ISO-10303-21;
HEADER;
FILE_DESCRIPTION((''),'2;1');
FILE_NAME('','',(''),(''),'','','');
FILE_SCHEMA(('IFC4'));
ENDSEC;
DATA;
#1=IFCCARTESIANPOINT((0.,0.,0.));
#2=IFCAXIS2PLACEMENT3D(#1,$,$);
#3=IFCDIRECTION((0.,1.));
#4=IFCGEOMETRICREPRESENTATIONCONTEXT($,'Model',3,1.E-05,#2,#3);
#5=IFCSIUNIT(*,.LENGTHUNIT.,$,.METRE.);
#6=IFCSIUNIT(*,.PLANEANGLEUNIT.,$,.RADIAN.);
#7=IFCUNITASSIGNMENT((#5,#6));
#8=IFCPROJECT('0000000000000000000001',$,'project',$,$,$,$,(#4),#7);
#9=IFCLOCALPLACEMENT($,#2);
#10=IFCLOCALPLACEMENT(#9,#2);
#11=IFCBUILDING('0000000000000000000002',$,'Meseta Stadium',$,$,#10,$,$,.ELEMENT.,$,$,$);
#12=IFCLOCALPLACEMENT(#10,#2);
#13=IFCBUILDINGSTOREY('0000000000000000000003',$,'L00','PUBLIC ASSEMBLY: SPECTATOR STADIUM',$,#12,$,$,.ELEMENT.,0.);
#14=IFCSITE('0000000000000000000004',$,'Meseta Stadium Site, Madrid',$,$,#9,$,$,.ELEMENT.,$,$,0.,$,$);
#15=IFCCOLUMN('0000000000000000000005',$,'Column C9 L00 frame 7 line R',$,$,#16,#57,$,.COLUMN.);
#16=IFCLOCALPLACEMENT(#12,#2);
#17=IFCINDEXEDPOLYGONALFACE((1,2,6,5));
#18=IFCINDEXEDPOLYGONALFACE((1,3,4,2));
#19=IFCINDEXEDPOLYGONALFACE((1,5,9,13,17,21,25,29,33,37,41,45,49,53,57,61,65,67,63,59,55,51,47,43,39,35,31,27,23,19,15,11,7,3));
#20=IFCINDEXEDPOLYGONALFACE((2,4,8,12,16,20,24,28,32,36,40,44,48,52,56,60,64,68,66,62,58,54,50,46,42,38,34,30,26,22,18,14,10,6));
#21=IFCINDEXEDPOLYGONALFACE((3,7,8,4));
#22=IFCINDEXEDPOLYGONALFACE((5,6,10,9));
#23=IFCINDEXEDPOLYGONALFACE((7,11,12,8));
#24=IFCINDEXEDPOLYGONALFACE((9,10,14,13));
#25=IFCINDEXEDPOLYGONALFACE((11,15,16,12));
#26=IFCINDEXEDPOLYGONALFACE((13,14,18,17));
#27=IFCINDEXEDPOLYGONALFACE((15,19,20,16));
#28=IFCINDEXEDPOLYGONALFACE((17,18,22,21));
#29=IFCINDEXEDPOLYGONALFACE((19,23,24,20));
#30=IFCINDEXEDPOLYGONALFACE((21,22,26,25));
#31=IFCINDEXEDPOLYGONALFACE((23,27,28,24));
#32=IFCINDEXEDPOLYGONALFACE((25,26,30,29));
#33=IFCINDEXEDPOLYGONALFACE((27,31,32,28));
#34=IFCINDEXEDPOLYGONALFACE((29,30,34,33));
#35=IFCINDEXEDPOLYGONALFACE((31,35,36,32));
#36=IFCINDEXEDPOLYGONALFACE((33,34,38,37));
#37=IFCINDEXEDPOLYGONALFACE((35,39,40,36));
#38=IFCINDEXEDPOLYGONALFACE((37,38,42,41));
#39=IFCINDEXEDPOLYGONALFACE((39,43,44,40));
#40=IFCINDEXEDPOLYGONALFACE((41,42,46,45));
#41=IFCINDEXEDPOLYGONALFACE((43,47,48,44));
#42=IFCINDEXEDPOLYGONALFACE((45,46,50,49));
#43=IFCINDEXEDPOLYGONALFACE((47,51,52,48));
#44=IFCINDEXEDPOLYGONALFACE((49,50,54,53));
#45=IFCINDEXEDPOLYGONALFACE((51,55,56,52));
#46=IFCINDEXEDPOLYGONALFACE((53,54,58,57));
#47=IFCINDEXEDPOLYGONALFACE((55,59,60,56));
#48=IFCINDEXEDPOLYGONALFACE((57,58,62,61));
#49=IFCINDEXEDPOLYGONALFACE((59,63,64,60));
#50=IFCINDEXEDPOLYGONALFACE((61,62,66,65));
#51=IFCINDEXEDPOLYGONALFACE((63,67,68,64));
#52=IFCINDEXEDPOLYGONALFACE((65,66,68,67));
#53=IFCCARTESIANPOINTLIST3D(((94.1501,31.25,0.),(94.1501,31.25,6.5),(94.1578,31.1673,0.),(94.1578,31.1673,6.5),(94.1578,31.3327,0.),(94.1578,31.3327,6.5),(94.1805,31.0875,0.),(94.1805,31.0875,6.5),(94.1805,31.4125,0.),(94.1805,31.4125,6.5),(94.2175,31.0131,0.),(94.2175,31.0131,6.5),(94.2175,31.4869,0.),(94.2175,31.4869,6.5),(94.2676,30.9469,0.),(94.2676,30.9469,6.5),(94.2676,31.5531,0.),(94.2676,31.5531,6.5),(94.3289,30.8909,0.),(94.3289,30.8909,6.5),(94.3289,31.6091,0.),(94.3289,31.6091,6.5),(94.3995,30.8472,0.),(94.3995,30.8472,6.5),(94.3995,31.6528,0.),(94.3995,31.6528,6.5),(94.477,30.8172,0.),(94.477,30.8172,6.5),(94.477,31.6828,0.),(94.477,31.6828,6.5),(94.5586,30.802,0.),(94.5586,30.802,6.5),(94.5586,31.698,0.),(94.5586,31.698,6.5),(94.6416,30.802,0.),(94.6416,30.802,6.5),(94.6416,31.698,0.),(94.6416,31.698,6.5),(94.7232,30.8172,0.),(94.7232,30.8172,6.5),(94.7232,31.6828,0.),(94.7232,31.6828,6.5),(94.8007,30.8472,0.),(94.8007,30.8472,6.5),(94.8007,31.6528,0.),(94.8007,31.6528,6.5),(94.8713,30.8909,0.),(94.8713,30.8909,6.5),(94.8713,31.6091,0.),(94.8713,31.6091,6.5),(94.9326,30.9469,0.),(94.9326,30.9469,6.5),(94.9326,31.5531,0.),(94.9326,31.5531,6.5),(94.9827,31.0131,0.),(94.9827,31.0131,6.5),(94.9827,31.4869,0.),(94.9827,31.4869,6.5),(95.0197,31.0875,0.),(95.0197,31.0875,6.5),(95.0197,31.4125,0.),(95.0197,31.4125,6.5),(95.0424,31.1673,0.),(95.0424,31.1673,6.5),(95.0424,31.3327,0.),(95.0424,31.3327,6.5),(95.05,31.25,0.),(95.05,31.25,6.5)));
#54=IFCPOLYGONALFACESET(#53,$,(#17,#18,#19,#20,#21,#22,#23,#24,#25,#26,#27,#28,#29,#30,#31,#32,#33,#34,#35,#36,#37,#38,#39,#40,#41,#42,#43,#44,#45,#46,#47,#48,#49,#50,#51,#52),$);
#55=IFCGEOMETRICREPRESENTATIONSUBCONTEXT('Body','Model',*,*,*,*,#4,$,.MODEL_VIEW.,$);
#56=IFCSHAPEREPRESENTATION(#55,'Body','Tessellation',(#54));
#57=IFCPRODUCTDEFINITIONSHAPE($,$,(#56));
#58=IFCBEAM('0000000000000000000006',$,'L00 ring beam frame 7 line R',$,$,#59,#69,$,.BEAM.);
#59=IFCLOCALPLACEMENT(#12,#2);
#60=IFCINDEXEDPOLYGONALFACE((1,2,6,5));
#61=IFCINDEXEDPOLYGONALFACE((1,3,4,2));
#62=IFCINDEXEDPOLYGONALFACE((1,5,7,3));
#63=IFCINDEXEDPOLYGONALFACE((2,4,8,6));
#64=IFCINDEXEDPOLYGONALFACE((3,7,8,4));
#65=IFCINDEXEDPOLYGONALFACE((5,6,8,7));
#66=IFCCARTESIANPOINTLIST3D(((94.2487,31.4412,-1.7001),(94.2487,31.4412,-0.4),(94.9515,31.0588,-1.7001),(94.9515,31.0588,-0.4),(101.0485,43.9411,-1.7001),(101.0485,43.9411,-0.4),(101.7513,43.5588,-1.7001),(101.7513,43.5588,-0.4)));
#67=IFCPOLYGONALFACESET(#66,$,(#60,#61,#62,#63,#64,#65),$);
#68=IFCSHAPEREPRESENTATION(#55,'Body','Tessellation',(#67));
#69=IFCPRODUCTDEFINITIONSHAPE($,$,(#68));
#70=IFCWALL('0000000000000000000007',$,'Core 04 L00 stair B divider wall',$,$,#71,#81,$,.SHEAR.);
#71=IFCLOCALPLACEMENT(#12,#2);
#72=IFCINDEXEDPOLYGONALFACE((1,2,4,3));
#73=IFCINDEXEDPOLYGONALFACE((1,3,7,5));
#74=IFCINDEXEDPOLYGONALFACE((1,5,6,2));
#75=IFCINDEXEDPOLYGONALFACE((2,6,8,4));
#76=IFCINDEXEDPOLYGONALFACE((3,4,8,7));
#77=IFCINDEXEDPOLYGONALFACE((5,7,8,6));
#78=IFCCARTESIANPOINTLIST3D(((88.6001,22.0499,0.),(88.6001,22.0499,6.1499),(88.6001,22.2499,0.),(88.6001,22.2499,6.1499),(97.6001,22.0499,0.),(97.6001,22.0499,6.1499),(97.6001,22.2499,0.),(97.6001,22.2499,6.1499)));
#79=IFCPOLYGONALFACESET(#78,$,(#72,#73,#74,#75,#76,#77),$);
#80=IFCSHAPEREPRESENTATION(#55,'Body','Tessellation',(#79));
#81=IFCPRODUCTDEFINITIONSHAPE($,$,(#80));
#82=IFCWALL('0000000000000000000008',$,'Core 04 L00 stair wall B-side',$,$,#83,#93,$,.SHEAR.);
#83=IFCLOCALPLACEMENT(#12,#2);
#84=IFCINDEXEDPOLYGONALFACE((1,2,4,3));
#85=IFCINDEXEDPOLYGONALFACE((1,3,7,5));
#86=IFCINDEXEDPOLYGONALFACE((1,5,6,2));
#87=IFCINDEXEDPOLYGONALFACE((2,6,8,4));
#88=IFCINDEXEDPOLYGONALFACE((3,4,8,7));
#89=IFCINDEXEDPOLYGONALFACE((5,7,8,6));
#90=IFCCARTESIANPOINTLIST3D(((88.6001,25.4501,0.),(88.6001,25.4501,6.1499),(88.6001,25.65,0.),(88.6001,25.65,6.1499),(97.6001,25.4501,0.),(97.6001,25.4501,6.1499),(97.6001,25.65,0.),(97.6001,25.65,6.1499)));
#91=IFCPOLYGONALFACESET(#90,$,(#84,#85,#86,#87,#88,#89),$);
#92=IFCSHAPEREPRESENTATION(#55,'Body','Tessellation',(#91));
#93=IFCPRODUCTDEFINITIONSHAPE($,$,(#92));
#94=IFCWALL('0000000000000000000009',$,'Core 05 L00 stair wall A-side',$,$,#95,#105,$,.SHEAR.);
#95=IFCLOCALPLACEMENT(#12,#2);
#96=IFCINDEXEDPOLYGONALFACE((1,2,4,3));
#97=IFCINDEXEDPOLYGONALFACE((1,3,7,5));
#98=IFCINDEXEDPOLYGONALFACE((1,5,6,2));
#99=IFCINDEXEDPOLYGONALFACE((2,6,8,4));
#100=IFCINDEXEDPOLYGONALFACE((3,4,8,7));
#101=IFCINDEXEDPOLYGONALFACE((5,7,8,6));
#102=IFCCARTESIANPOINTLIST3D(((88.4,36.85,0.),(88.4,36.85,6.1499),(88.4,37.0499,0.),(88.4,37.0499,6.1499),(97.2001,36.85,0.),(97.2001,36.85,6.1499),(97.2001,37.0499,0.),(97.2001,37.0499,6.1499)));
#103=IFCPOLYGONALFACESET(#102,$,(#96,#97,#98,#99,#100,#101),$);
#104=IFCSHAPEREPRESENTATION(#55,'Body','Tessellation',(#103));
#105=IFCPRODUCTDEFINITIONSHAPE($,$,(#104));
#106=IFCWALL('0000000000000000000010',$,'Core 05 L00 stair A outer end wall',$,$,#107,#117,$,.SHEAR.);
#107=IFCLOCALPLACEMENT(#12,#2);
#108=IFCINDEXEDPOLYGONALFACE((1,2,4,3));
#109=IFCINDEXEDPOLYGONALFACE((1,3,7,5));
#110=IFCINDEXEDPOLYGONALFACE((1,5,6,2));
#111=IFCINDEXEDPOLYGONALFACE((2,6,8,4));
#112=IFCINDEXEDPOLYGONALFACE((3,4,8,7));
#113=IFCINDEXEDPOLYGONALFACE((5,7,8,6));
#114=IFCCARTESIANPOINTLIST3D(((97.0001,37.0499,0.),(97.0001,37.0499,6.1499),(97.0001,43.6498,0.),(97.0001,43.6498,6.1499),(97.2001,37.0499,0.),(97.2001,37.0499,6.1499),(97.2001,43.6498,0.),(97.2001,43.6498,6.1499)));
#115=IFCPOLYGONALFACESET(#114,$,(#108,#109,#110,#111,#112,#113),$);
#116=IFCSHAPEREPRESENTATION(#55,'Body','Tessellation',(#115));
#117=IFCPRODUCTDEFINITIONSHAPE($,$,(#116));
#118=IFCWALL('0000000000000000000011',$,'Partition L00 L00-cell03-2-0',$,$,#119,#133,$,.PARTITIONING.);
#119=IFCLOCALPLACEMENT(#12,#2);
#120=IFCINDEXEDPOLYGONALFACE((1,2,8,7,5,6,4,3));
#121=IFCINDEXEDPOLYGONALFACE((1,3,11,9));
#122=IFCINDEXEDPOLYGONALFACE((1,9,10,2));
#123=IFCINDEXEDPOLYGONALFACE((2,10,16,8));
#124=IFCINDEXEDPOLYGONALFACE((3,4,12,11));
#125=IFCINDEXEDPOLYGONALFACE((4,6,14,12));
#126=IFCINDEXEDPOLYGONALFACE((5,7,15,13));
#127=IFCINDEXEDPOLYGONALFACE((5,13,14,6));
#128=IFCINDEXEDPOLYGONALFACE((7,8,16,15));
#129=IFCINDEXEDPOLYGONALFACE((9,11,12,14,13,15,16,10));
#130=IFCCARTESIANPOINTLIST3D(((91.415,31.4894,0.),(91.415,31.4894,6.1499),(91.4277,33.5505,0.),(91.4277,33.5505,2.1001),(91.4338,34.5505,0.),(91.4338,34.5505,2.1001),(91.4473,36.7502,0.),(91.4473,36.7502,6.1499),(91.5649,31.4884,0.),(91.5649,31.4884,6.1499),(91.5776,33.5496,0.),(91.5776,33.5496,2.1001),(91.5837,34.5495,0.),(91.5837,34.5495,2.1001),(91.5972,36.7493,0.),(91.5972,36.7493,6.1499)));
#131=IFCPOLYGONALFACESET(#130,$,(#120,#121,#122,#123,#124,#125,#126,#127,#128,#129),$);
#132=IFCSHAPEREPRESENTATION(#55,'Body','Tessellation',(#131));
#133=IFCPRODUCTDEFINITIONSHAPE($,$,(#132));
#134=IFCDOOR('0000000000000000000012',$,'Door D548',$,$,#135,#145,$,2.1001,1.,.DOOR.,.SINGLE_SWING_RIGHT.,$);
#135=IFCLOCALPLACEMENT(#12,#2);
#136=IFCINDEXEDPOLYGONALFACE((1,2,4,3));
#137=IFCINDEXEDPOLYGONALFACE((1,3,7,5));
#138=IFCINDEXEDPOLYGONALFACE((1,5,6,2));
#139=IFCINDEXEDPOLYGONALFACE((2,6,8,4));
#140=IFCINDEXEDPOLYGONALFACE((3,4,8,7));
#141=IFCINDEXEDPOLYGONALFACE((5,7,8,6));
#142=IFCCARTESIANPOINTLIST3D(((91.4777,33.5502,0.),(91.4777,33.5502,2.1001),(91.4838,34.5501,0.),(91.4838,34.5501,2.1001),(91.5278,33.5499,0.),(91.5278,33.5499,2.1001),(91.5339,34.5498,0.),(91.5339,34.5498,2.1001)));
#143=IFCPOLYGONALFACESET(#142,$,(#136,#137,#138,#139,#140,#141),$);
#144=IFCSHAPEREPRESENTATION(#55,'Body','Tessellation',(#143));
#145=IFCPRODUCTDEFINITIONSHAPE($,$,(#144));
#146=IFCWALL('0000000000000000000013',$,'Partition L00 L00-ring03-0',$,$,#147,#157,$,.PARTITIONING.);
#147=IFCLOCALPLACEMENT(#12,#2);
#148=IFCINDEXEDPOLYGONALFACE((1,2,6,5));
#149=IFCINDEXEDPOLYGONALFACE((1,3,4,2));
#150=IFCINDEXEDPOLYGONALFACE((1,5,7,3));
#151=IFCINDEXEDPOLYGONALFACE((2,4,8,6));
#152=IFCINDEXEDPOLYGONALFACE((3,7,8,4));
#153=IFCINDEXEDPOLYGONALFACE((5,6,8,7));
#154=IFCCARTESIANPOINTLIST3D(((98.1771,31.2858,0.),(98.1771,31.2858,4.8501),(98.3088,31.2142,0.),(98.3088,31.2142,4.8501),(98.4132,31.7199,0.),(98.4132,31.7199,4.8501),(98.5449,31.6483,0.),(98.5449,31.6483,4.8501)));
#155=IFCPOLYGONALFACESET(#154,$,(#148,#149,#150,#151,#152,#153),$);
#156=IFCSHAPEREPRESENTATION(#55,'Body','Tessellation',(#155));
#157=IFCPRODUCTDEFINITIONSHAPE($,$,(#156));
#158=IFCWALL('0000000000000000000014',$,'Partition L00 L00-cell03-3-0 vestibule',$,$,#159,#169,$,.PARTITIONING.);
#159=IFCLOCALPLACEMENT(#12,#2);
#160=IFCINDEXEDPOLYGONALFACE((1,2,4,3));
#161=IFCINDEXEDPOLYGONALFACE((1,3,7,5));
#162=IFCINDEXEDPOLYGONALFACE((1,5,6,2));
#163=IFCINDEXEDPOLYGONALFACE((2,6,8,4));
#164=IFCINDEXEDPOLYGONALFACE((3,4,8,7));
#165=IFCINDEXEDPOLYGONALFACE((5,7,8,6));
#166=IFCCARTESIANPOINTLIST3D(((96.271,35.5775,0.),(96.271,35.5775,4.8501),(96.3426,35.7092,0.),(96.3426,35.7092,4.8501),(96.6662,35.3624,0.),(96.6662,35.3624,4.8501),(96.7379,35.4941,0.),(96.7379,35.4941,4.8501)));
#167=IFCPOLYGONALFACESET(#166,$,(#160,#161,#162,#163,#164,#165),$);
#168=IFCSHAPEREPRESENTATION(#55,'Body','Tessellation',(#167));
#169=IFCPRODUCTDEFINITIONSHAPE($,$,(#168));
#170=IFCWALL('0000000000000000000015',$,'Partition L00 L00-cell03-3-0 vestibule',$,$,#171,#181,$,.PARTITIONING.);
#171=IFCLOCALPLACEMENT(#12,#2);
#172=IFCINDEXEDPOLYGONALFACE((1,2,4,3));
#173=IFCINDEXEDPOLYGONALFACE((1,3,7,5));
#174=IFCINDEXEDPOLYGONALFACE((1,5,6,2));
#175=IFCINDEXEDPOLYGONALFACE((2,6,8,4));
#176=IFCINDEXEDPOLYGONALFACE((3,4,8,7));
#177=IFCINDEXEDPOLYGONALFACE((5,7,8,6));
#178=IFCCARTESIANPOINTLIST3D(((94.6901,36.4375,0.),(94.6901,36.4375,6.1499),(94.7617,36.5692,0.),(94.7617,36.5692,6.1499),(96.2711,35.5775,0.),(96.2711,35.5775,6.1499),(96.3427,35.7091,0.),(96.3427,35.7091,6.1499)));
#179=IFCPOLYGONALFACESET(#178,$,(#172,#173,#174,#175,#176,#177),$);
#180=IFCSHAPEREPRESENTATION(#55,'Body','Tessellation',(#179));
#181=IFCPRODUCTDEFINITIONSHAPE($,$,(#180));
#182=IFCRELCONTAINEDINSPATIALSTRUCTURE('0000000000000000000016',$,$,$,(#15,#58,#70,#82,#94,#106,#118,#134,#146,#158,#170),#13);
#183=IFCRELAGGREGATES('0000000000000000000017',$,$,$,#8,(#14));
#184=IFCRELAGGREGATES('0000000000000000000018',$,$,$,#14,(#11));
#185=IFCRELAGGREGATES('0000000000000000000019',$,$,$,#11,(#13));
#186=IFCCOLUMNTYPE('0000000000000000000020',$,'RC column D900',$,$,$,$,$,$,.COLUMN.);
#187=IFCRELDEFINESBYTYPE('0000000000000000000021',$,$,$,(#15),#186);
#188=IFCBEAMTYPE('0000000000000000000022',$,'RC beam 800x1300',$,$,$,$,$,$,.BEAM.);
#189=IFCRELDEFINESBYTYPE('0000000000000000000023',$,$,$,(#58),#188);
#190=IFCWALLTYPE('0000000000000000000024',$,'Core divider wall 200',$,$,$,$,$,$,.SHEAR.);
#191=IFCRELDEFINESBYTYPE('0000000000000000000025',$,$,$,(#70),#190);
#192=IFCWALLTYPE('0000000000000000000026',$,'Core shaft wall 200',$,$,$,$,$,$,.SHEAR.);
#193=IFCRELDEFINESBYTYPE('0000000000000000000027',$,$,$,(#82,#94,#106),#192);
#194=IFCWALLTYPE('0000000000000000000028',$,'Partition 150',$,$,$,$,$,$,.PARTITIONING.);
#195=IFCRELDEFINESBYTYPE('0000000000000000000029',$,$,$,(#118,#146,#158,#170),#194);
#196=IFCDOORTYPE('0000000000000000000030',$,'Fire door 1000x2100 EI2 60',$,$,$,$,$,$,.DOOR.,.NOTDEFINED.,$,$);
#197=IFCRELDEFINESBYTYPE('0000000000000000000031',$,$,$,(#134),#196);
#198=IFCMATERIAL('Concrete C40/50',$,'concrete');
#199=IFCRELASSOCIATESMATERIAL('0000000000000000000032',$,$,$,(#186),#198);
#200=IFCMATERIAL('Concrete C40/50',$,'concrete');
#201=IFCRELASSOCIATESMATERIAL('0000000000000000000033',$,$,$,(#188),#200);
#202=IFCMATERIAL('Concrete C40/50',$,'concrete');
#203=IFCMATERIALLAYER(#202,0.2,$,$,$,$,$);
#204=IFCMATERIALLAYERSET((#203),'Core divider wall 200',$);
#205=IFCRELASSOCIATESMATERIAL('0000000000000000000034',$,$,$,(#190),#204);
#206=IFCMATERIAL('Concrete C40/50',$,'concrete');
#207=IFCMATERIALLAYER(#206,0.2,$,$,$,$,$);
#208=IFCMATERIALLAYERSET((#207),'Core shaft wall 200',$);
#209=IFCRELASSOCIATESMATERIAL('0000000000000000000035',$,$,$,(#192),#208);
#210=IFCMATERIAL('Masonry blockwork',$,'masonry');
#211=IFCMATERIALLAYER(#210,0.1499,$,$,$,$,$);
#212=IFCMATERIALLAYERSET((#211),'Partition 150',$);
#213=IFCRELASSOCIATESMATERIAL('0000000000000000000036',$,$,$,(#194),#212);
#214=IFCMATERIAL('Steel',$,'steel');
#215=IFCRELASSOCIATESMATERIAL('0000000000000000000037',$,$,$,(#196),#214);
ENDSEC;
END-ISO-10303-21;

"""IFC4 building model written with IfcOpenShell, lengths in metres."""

from ifc_helpers import new_model, si_unit, direction, frame, frame_2d, origin, origin_2d, place, context, subcontext, project, spatial, rectangle, circle, extrude, material, layer, layer_set, material_profile, profile_set, type_object, element, fill, save


model = new_model("IFC4")

# Units and contexts
model_context = context("Model", 3, precision=1e-05, world=origin(), true_north=direction((0.0, 1.0)))
body_context = subcontext(model_context, "Body", "Model", "MODEL_VIEW")
ifc_project = project(units=[si_unit("LENGTHUNIT", "METRE"), si_unit("PLANEANGLEUNIT", "RADIAN")], contexts=[model_context])

# Site, building, storey
site_placement = place(None, origin())
site = spatial("IfcSite", under=ifc_project, at=site_placement, Name="Meseta Stadium Site, Madrid", CompositionType="ELEMENT", RefElevation=0.0)
building_placement = place(site_placement, origin())
building = spatial("IfcBuilding", under=site, at=building_placement, Name="Meseta Stadium", CompositionType="ELEMENT")
storey_placement = place(building_placement, origin())
storey = spatial("IfcBuildingStorey", under=building, at=storey_placement, Name="L00", Description="PUBLIC ASSEMBLY: SPECTATOR STADIUM", CompositionType="ELEMENT", Elevation=0.0)

# Column
ifc_material_1 = material(Name="Concrete C40/50", Category="concrete")
ifc_material_profile_1 = material_profile(ifc_material_1, circle(Radius=0.45, at=origin_2d()), Name="RC D900")
ifc_profile_set_1 = profile_set([ifc_material_profile_1], Name="Concrete C40/50")
column_type = type_object("IfcColumnType", Name="RC column D900", PredefinedType="COLUMN", material=ifc_profile_set_1)
column_placement = place(storey_placement, frame((94.6001, 31.25, 0.0), z_axis=(0.0, 0.0, 1.0), x_axis=(1.0, 0.0, 0.0)))
element("IfcColumn", 1, at=column_placement, inside=storey, type_object=column_type, Name="Column C9 L00 frame 7 line R", PredefinedType="COLUMN", context=body_context, shape_type="SweptSolid", body=[
    extrude(circle(Radius=0.45, at=origin_2d()), origin(), (0.0, 0.0, 1.0), 6.5),
])

# Beam
ifc_material_2 = material(Name="Concrete C40/50", Category="concrete")
ifc_material_profile_2 = material_profile(ifc_material_2, rectangle(XDim=0.8, YDim=1.3, at=origin_2d()), Name="RC 800x1300")
ifc_profile_set_2 = profile_set([ifc_material_profile_2], Name="Concrete C40/50")
beam_type = type_object("IfcBeamType", Name="RC beam 800x1300", PredefinedType="BEAM", material=ifc_profile_set_2)
beam_placement = place(storey_placement, frame((94.6001, 31.25, -1.05), z_axis=(0.477856, 0.878438, 0.0), x_axis=(-0.878438, 0.477856, 0.0)))
element("IfcBeam", 2, at=beam_placement, inside=storey, type_object=beam_type, Name="L00 ring beam frame 7 line R", PredefinedType="BEAM", context=body_context, shape_type="SweptSolid", body=[
    extrude(rectangle(XDim=0.8, YDim=1.3, at=origin_2d()), origin(), (0.0, 0.0, 1.0), 14.2297),
])

# Walls
ifc_material_3 = material(Name="Concrete C40/50", Category="concrete")
ifc_layer_1 = layer(ifc_material_3, 0.2)
ifc_layer_set_1 = layer_set([ifc_layer_1], Name="Core divider wall 200")
wall_type_1 = type_object("IfcWallType", Name="Core divider wall 200", PredefinedType="SHEAR", material=ifc_layer_set_1)
wall_1_placement = place(storey_placement, frame((97.6001, 22.1499, 0.0), z_axis=(0.0, 0.0, 1.0), x_axis=(-1.0, 0.0, 0.0)))
element("IfcWall", 3, at=wall_1_placement, inside=storey, type_object=wall_type_1, Name="Core 04 L00 stair B divider wall", PredefinedType="SHEAR", context=body_context, shape_type="SweptSolid", body=[
    extrude(rectangle(XDim=9.0, YDim=0.2, at=frame_2d((4.5, 0.0))), origin(), (0.0, 0.0, 1.0), 6.1499),
])
ifc_material_4 = material(Name="Concrete C40/50", Category="concrete")
ifc_layer_2 = layer(ifc_material_4, 0.2)
ifc_layer_set_2 = layer_set([ifc_layer_2], Name="Core shaft wall 200")
wall_type_2 = type_object("IfcWallType", Name="Core shaft wall 200", PredefinedType="SHEAR", material=ifc_layer_set_2)
wall_2_placement = place(storey_placement, frame((97.6001, 25.55, 0.0), z_axis=(0.0, 0.0, 1.0), x_axis=(-1.0, 0.0, 0.0)))
element("IfcWall", 4, at=wall_2_placement, inside=storey, type_object=wall_type_2, Name="Core 04 L00 stair wall B-side", PredefinedType="SHEAR", context=body_context, shape_type="SweptSolid", body=[
    extrude(rectangle(XDim=9.0, YDim=0.2, at=frame_2d((4.5, 0.0))), origin(), (0.0, 0.0, 1.0), 6.1499),
])
wall_3_placement = place(storey_placement, frame((97.2, 36.95, 0.0), z_axis=(0.0, 0.0, 1.0), x_axis=(-1.0, 0.0, 0.0)))
element("IfcWall", 5, at=wall_3_placement, inside=storey, type_object=wall_type_2, Name="Core 05 L00 stair wall A-side", PredefinedType="SHEAR", context=body_context, shape_type="SweptSolid", body=[
    extrude(rectangle(XDim=8.8, YDim=0.2, at=frame_2d((4.3999, 0.0))), origin(), (0.0, 0.0, 1.0), 6.1499),
])
wall_4_placement = place(storey_placement, frame((97.1001, 37.05, 0.0), z_axis=(0.0, 0.0, 1.0), x_axis=(0.0, 1.0, 0.0)))
element("IfcWall", 6, at=wall_4_placement, inside=storey, type_object=wall_type_2, Name="Core 05 L00 stair A outer end wall", PredefinedType="SHEAR", context=body_context, shape_type="SweptSolid", body=[
    extrude(rectangle(XDim=6.5999, YDim=0.2, at=frame_2d((3.2998, 0.0))), origin(), (0.0, 0.0, 1.0), 6.1499),
])

# Wall, opening, door
ifc_material_5 = material(Name="Masonry blockwork", Category="masonry")
ifc_layer_3 = layer(ifc_material_5, 0.1499)
ifc_layer_set_3 = layer_set([ifc_layer_3], Name="Partition 150")
wall_type_3 = type_object("IfcWallType", Name="Partition 150", PredefinedType="PARTITIONING", material=ifc_layer_set_3)
wall_5_placement = place(storey_placement, frame((91.49, 31.489, 0.0), z_axis=(0.0, 0.0, 1.0), x_axis=(0.006125, 0.999981, 0.0)))
wall_5 = element("IfcWall", 7, at=wall_5_placement, inside=storey, type_object=wall_type_3, Name="Partition L00 L00-cell03-2-0", PredefinedType="PARTITIONING", context=body_context, shape_type="SweptSolid", body=[
    extrude(rectangle(XDim=5.261, YDim=0.1499, at=frame_2d((2.6304, 0.0))), origin(), (0.0, 0.0, 1.0), 6.1499),
])
opening_1_placement = place(wall_5_placement, frame((2.061, 0.0, 0.0)))
opening_1 = element("IfcOpeningElement", 8, at=opening_1_placement, cuts=wall_5, PredefinedType="OPENING", context=body_context, shape_type="SweptSolid", body=[
    extrude(rectangle(XDim=1.0, YDim=2.1001, at=frame_2d((0.5, 1.05))), frame((0.0, 0.085, 0.0), z_axis=(0.0, -1.0, 0.0), x_axis=(1.0, 0.0, 0.0)), (0.0, 0.0, 1.0), 0.1699),
])
ifc_material_6 = material(Name="Steel", Category="steel")
door_type = type_object("IfcDoorType", Name="Fire door 1000x2100 EI2 60", OperationType="NOTDEFINED", PredefinedType="DOOR", material=ifc_material_6)
door_1_placement = place(opening_1_placement, origin())
door_1 = element("IfcDoor", 9, at=door_1_placement, inside=storey, type_object=door_type, Name="Door D548", OperationType="SINGLE_SWING_RIGHT", OverallHeight=2.1001, OverallWidth=1.0, PredefinedType="DOOR", context=body_context, shape_type="SweptSolid", body=[
    extrude(rectangle(XDim=1.0, YDim=2.1001, at=frame_2d((0.5, 1.05))), frame((0.0, 0.0249, 0.0), z_axis=(0.0, -1.0, 0.0), x_axis=(1.0, 0.0, 0.0)), (0.0, 0.0, 1.0), 0.05),
])
fill(opening_1, door_1)

# Walls
wall_6_placement = place(storey_placement, frame((98.2429, 31.25, 0.0), z_axis=(0.0, 0.0, 1.0), x_axis=(0.477779, 0.87848, 0.0)))
element("IfcWall", 10, at=wall_6_placement, inside=storey, type_object=wall_type_3, Name="Partition L00 L00-ring03-0", PredefinedType="PARTITIONING", context=body_context, shape_type="SweptSolid", body=[
    extrude(rectangle(XDim=0.4941, YDim=0.1499, at=frame_2d((0.2471, 0.0))), origin(), (0.0, 0.0, 1.0), 4.8501),
])
wall_7_placement = place(storey_placement, frame((96.7021, 35.4282, 0.0), z_axis=(0.0, 0.0, 1.0), x_axis=(-0.878372, 0.477978, 0.0)))
element("IfcWall", 11, at=wall_7_placement, inside=storey, type_object=wall_type_3, Name="Partition L00 L00-cell03-3-0 vestibule", PredefinedType="PARTITIONING", context=body_context, shape_type="SweptSolid", body=[
    extrude(rectangle(XDim=0.45, YDim=0.1499, at=frame_2d((0.2251, 0.0))), origin(), (0.0, 0.0, 1.0), 4.8501),
])
wall_8_placement = place(storey_placement, frame((96.3069, 35.6433, 0.0), z_axis=(0.0, 0.0, 1.0), x_axis=(-0.878429, 0.477873, 0.0)))
element("IfcWall", 12, at=wall_8_placement, inside=storey, type_object=wall_type_3, Name="Partition L00 L00-cell03-3-0 vestibule", PredefinedType="PARTITIONING", context=body_context, shape_type="SweptSolid", body=[
    extrude(rectangle(XDim=1.7998, YDim=0.1499, at=frame_2d((0.8999, 0.0))), origin(), (0.0, 0.0, 1.0), 6.1499),
])

save(model, "model.ifc")
